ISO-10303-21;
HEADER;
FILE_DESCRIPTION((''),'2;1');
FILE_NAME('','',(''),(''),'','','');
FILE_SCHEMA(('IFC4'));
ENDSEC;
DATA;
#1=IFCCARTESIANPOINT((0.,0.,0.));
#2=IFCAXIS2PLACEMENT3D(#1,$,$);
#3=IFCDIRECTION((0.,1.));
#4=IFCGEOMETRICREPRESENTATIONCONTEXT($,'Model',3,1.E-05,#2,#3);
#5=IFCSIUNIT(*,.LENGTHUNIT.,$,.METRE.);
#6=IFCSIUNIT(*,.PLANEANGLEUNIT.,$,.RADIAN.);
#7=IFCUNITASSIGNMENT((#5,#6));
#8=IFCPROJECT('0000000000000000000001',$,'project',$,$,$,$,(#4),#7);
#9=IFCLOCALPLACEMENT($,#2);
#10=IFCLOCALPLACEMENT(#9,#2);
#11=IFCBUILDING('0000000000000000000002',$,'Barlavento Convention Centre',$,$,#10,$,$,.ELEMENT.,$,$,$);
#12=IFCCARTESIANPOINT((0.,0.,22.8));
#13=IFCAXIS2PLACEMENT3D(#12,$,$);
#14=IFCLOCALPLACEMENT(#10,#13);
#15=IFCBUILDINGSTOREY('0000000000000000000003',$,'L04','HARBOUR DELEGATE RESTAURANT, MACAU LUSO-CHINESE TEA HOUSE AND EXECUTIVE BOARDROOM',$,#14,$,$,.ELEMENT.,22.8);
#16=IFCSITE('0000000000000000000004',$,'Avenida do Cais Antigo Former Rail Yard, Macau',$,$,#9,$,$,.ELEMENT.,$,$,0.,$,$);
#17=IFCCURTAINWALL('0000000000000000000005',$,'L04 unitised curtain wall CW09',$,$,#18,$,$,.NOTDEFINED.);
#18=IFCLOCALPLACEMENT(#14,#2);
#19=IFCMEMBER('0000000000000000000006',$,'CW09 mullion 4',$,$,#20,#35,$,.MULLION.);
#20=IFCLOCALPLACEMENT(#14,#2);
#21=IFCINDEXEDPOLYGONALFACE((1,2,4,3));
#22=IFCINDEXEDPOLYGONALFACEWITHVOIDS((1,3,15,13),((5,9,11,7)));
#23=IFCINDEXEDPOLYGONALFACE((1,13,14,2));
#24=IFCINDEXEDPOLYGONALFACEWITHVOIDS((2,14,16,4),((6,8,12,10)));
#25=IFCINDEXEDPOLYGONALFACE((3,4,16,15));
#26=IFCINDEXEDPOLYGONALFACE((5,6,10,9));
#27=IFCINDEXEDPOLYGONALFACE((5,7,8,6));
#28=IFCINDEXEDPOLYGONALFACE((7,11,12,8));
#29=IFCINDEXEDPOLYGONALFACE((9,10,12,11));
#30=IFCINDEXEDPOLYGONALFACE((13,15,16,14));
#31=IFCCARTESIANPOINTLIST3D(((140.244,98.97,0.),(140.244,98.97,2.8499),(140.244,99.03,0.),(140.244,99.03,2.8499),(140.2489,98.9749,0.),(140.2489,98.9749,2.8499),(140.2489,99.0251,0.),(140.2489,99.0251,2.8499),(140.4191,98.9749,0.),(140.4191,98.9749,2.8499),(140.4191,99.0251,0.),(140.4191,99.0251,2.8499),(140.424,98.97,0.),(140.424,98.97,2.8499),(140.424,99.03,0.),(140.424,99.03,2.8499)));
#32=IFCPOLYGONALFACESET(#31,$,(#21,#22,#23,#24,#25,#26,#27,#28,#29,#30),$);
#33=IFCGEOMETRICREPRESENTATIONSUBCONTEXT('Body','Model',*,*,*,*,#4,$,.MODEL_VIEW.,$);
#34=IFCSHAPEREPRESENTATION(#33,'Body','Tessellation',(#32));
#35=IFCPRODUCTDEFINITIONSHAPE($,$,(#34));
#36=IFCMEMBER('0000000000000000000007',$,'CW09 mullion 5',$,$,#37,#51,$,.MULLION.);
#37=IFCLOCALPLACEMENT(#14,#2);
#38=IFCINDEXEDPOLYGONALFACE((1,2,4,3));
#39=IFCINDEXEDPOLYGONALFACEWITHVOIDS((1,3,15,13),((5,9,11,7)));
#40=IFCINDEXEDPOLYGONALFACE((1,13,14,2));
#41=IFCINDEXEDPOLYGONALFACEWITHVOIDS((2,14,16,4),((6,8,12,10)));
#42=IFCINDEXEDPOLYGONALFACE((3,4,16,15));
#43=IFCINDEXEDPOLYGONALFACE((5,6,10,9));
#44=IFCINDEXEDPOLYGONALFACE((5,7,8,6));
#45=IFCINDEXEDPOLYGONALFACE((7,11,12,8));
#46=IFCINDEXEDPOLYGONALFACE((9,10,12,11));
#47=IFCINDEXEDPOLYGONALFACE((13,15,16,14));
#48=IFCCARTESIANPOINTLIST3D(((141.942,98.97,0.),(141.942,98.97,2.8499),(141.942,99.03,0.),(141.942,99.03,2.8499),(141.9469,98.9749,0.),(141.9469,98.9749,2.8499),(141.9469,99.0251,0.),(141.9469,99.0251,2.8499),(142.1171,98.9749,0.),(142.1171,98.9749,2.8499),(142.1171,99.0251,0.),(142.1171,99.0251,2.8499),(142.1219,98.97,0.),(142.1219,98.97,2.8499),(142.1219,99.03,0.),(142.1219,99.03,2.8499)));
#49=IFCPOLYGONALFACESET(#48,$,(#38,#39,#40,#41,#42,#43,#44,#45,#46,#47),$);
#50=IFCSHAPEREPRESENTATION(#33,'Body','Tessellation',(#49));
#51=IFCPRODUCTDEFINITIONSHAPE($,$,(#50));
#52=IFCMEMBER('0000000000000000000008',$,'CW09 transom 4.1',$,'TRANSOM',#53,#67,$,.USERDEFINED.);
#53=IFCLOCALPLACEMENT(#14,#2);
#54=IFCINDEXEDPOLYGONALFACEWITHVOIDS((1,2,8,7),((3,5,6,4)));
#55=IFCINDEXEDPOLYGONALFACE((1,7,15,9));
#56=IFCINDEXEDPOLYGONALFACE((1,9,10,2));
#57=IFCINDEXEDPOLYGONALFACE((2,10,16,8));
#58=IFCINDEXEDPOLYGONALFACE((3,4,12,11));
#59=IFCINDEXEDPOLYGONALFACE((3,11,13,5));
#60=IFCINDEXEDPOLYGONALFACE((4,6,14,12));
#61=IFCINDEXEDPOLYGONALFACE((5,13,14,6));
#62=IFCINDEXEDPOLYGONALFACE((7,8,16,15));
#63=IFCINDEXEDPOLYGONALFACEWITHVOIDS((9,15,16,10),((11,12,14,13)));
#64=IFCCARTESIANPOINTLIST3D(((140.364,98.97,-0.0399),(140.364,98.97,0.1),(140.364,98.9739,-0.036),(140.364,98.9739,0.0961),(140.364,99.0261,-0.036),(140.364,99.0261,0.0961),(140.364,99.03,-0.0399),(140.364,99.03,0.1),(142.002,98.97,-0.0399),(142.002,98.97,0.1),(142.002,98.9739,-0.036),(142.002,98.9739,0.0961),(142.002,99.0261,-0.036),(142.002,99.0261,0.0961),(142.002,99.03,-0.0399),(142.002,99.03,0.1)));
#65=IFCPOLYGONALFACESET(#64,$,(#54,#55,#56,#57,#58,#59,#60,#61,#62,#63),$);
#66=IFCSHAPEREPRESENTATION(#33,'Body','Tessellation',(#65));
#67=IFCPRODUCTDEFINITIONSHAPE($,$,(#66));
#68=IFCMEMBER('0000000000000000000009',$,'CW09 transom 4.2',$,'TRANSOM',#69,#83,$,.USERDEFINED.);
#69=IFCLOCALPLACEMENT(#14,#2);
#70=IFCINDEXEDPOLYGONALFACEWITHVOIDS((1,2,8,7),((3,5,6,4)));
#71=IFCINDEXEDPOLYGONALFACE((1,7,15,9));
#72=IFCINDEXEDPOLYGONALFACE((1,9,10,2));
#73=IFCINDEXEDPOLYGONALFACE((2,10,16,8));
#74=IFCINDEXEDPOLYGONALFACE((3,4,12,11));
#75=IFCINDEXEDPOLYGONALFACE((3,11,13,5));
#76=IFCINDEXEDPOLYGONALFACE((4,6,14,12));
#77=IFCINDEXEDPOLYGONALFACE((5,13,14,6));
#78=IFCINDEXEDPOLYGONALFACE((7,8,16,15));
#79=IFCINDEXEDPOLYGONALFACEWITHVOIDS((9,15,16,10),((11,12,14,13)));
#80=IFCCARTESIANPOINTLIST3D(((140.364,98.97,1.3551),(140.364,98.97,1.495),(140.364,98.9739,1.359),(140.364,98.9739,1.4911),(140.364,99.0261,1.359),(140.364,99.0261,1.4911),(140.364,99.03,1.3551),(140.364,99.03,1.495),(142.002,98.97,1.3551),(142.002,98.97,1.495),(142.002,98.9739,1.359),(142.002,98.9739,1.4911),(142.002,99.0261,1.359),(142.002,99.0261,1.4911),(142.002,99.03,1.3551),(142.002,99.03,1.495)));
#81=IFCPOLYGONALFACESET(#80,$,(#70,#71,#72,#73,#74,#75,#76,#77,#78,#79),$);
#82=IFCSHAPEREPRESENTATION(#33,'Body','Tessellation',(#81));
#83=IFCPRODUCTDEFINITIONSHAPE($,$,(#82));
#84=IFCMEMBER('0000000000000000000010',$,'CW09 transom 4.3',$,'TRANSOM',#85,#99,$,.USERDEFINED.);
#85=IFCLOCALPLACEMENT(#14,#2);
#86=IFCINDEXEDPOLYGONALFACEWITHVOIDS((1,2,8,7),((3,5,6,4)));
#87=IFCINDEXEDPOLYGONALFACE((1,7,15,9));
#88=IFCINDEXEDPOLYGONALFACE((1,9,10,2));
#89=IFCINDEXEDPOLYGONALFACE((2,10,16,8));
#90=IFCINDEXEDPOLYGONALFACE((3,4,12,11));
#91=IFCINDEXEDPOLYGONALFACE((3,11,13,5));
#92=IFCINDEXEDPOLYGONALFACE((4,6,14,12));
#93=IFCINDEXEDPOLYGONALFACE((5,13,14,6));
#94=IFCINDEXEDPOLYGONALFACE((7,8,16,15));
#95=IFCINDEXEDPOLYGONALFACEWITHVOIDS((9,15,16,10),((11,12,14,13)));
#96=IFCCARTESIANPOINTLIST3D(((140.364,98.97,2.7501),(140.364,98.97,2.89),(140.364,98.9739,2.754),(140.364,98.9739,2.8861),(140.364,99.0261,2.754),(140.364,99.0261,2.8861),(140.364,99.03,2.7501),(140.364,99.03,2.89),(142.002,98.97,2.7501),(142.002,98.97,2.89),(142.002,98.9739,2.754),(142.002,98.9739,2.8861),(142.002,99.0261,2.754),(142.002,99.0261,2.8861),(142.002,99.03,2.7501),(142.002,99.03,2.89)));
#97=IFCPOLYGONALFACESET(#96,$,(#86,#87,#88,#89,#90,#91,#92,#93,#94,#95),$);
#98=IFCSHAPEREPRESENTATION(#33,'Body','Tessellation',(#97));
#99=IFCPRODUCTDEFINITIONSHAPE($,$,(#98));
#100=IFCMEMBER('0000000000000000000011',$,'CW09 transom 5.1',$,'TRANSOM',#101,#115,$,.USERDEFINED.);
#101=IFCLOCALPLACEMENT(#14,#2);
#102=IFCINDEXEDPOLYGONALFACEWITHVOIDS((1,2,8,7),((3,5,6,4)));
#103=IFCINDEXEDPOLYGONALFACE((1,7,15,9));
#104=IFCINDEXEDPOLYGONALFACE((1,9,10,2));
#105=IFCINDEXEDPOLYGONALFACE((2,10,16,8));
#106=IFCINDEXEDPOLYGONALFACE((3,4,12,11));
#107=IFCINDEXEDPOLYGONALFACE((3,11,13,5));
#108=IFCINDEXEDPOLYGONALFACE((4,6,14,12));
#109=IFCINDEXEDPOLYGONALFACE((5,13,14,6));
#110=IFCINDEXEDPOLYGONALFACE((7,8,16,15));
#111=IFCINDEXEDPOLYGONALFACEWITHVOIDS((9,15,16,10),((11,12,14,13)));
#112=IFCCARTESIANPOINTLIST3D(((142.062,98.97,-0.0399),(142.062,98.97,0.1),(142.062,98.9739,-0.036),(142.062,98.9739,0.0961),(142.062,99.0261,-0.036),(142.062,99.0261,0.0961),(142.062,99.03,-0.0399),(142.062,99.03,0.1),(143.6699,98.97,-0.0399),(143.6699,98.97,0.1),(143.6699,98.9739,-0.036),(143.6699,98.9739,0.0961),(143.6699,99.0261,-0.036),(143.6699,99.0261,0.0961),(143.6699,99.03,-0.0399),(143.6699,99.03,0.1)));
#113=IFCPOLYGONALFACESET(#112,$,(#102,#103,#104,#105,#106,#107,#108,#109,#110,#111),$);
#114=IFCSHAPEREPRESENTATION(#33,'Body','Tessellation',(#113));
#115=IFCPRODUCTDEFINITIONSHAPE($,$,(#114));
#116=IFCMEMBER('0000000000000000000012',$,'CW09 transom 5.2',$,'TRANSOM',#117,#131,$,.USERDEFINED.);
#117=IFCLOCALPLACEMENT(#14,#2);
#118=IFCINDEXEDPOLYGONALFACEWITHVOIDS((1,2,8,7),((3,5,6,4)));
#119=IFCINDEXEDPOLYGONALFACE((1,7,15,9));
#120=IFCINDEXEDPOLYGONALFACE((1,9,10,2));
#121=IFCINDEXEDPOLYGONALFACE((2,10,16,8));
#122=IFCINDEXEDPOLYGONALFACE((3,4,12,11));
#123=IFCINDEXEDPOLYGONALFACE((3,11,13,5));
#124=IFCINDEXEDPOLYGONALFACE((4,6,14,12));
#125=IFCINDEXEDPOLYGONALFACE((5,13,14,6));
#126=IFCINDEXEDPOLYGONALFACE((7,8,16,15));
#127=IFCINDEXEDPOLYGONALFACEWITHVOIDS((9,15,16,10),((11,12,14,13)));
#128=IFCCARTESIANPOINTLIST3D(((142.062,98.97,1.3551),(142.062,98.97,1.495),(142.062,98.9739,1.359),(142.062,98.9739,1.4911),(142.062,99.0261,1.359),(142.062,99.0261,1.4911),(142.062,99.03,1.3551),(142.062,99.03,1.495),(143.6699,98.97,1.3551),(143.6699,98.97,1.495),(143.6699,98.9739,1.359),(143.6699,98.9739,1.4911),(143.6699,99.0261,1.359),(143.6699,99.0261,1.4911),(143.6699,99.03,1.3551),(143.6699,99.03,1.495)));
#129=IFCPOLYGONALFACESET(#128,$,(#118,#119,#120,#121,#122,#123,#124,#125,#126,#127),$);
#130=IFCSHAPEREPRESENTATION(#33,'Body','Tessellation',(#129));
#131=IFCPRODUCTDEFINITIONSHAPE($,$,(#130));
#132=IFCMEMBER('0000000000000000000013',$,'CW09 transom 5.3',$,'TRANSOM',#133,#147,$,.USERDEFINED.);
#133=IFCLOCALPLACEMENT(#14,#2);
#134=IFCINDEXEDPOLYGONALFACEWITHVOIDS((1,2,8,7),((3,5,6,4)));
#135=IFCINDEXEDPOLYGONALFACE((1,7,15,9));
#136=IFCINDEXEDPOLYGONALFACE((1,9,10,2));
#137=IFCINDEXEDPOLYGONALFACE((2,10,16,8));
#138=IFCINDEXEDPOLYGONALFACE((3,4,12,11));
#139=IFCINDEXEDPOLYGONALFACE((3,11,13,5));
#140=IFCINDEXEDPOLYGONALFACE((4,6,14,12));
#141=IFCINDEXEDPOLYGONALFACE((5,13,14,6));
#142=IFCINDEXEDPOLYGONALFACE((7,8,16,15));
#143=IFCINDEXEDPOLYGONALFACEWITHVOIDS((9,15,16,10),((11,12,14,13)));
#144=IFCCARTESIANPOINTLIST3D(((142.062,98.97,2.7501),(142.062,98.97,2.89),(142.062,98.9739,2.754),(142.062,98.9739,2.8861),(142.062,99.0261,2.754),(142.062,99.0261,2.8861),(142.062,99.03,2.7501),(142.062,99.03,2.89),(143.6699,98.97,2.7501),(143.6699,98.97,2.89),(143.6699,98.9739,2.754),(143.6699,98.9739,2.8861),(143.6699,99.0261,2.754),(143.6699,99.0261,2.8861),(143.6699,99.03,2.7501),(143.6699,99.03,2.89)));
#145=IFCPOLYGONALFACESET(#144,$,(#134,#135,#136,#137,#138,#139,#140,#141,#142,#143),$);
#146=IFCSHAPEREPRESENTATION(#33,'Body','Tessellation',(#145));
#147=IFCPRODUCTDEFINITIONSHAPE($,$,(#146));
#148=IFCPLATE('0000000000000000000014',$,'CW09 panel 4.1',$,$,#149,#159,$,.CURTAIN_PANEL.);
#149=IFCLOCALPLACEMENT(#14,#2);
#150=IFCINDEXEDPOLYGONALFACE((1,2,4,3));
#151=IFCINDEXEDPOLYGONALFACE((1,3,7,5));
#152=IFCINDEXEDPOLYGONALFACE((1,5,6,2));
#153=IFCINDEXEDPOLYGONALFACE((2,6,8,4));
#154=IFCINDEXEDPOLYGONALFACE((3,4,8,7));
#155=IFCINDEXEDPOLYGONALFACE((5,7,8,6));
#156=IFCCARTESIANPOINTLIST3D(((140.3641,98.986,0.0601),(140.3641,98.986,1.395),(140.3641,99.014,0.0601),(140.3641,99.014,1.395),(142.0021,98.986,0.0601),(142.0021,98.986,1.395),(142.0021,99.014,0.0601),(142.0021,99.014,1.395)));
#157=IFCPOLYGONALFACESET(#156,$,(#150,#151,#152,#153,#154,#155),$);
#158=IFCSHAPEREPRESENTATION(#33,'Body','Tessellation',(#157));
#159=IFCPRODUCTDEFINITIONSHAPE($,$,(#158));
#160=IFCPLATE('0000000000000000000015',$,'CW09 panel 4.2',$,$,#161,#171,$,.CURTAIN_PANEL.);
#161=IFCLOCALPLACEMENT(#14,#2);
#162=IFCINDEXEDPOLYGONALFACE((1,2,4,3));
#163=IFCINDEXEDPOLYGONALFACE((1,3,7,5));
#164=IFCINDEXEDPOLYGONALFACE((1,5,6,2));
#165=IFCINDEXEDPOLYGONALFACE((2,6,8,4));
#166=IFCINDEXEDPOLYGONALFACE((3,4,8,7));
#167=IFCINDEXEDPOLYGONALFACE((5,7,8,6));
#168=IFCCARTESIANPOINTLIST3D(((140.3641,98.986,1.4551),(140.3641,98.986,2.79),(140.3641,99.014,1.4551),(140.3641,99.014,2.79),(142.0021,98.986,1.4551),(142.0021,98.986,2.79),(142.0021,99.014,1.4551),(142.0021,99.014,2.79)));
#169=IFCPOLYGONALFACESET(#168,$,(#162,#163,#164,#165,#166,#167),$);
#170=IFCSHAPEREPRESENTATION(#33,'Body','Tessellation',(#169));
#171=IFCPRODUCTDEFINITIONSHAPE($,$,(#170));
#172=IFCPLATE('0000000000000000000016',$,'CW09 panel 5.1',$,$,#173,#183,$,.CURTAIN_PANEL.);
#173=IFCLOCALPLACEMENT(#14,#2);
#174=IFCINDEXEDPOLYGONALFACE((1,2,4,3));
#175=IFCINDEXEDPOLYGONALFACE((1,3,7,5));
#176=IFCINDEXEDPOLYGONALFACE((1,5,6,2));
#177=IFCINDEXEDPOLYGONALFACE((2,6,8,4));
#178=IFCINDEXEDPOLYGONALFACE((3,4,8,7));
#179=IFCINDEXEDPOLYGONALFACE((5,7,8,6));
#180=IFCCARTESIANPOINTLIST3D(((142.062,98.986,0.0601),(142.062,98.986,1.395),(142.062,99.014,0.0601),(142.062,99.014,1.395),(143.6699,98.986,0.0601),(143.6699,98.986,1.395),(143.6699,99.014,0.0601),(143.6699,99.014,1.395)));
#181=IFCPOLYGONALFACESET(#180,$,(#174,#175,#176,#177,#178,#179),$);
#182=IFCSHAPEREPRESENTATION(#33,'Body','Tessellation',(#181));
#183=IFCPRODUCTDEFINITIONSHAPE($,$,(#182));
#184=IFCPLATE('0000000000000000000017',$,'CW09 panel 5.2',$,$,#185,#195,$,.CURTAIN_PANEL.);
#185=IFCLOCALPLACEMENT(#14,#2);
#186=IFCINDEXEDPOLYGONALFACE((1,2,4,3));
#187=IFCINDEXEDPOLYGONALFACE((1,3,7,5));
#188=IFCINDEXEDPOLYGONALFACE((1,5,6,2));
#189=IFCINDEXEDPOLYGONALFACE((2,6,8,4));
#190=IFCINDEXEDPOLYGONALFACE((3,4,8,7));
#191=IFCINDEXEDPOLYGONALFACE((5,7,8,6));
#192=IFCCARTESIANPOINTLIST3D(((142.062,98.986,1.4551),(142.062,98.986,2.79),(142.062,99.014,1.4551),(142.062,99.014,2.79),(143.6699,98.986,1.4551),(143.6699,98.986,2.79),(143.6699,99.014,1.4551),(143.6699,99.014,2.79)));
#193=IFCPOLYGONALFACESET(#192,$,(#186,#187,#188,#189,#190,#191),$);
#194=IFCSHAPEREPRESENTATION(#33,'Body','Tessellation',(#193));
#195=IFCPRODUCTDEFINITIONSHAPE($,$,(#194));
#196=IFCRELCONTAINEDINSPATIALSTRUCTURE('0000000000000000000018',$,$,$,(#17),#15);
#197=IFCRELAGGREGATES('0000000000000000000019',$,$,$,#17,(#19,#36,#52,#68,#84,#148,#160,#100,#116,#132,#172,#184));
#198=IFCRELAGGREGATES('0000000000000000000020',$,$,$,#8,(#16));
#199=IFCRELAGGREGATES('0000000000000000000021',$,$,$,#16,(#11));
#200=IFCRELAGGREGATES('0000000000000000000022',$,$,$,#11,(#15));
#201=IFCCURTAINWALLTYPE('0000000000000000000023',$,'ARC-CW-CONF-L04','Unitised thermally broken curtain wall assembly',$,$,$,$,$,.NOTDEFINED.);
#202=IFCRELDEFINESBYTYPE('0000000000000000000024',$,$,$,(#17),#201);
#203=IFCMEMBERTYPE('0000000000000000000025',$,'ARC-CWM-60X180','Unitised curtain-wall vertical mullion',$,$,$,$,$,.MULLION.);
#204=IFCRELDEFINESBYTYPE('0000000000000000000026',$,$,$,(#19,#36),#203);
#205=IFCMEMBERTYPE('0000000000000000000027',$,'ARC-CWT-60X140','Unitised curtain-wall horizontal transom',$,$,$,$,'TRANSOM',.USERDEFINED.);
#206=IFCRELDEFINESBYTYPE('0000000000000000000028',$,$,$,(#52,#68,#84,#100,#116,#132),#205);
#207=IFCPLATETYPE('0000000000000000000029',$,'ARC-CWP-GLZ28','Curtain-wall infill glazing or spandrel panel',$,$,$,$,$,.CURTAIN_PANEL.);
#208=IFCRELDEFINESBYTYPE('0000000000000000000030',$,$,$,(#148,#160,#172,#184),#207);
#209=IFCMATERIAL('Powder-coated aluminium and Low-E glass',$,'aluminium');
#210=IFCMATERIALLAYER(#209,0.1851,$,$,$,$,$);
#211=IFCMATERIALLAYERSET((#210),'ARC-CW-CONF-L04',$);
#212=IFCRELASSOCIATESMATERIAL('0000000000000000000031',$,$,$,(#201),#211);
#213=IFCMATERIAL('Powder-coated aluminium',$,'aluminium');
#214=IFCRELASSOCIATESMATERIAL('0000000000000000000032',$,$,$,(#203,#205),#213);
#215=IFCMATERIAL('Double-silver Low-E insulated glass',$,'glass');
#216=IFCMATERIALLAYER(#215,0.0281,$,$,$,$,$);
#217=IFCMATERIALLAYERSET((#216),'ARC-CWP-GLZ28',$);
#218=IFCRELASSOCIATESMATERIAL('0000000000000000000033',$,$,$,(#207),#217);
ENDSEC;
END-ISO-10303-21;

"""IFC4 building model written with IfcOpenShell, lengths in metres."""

from ifc_helpers import new_model, si_unit, direction, frame, origin, origin_2d, place, context, subcontext, project, spatial, rectangle, hollow_rectangle, extrude, material, layer, layer_set, material_profile, profile_set, type_object, element, aggregate, save


model = new_model("IFC4")

# Units and contexts
model_context = context("Model", 3, precision=1e-05, world=origin(), true_north=direction((0.0, 1.0)))
body_context = subcontext(model_context, "Body", "Model", "MODEL_VIEW")
ifc_project = project(units=[si_unit("LENGTHUNIT", "METRE"), si_unit("PLANEANGLEUNIT", "RADIAN")], contexts=[model_context])

# Site, building, storey
site_placement = place(None, origin())
site = spatial("IfcSite", under=ifc_project, at=site_placement, Name="Avenida do Cais Antigo Former Rail Yard, Macau", CompositionType="ELEMENT", RefElevation=0.0)
building_placement = place(site_placement, origin())
building = spatial("IfcBuilding", under=site, at=building_placement, Name="Barlavento Convention Centre", CompositionType="ELEMENT")
storey_placement = place(building_placement, frame((0.0, 0.0, 22.8)))
storey = spatial("IfcBuildingStorey", under=building, at=storey_placement, Name="L04", Description="HARBOUR DELEGATE RESTAURANT, MACAU LUSO-CHINESE TEA HOUSE AND EXECUTIVE BOARDROOM", CompositionType="ELEMENT", Elevation=22.8)

# Curtain wall, members, plates
ifc_material_1 = material(Name="Powder-coated aluminium and Low-E glass", Category="aluminium")
ifc_layer_1 = layer(ifc_material_1, 0.1851)
ifc_layer_set_1 = layer_set([ifc_layer_1], Name="ARC-CW-CONF-L04")
curtain_wall_type = type_object("IfcCurtainWallType", Name="ARC-CW-CONF-L04", Description="Unitised thermally broken curtain wall assembly", PredefinedType="NOTDEFINED", material=ifc_layer_set_1)
curtain_wall_placement = place(storey_placement, origin())
curtain_wall = element("IfcCurtainWall", 1, at=curtain_wall_placement, inside=storey, type_object=curtain_wall_type, Name="L04 unitised curtain wall CW09", PredefinedType="NOTDEFINED")
ifc_material_2 = material(Name="Powder-coated aluminium", Category="aluminium")
ifc_material_profile_1 = material_profile(ifc_material_2, hollow_rectangle(XDim=0.0601, YDim=0.1799, WallThickness=0.0049, at=origin_2d()), Name="AL-MULL 60x180x5")
ifc_profile_set_1 = profile_set([ifc_material_profile_1], Name="Powder-coated aluminium")
member_type_1 = type_object("IfcMemberType", Name="ARC-CWM-60X180", Description="Unitised curtain-wall vertical mullion", PredefinedType="MULLION", material=ifc_profile_set_1)
member_1_placement = place(storey_placement, frame((140.334, 99.0, 0.0), z_axis=(0.0, 0.0, 1.0), x_axis=(0.0, 1.0, 0.0)))
member_1 = element("IfcMember", 2, at=member_1_placement, type_object=member_type_1, Name="CW09 mullion 4", PredefinedType="MULLION", context=body_context, shape_type="SweptSolid", body=[
    extrude(hollow_rectangle(XDim=0.0601, YDim=0.1799, WallThickness=0.0049, at=origin_2d()), origin(), (0.0, 0.0, 1.0), 2.8499),
])
member_2_placement = place(storey_placement, frame((142.032, 99.0, 0.0), z_axis=(0.0, 0.0, 1.0), x_axis=(0.0, 1.0, 0.0)))
member_2 = element("IfcMember", 3, at=member_2_placement, type_object=member_type_1, Name="CW09 mullion 5", PredefinedType="MULLION", context=body_context, shape_type="SweptSolid", body=[
    extrude(hollow_rectangle(XDim=0.0601, YDim=0.1799, WallThickness=0.0049, at=origin_2d()), origin(), (0.0, 0.0, 1.0), 2.8499),
])
ifc_material_profile_2 = material_profile(ifc_material_2, hollow_rectangle(XDim=0.0601, YDim=0.1399, WallThickness=0.0039, at=origin_2d()), Name="AL-TRAN 60x140x4")
ifc_profile_set_2 = profile_set([ifc_material_profile_2], Name="Powder-coated aluminium")
member_type_2 = type_object("IfcMemberType", Name="ARC-CWT-60X140", Description="Unitised curtain-wall horizontal transom", ElementType="TRANSOM", PredefinedType="USERDEFINED", material=ifc_profile_set_2)
member_3_placement = place(storey_placement, frame((140.364, 99.0, 0.03), z_axis=(1.0, 0.0, 0.0), x_axis=(0.0, 1.0, 0.0)))
member_3 = element("IfcMember", 4, at=member_3_placement, type_object=member_type_2, Name="CW09 transom 4.1", ObjectType="TRANSOM", PredefinedType="USERDEFINED", context=body_context, shape_type="SweptSolid", body=[
    extrude(hollow_rectangle(XDim=0.0601, YDim=0.1399, WallThickness=0.0039, at=origin_2d()), origin(), (0.0, 0.0, 1.0), 1.6379),
])
member_4_placement = place(storey_placement, frame((140.364, 99.0, 1.425), z_axis=(1.0, 0.0, 0.0), x_axis=(0.0, 1.0, 0.0)))
member_4 = element("IfcMember", 5, at=member_4_placement, type_object=member_type_2, Name="CW09 transom 4.2", ObjectType="TRANSOM", PredefinedType="USERDEFINED", context=body_context, shape_type="SweptSolid", body=[
    extrude(hollow_rectangle(XDim=0.0601, YDim=0.1399, WallThickness=0.0039, at=origin_2d()), origin(), (0.0, 0.0, 1.0), 1.6379),
])
member_5_placement = place(storey_placement, frame((140.364, 99.0, 2.8201), z_axis=(1.0, 0.0, 0.0), x_axis=(0.0, 1.0, 0.0)))
member_5 = element("IfcMember", 6, at=member_5_placement, type_object=member_type_2, Name="CW09 transom 4.3", ObjectType="TRANSOM", PredefinedType="USERDEFINED", context=body_context, shape_type="SweptSolid", body=[
    extrude(hollow_rectangle(XDim=0.0601, YDim=0.1399, WallThickness=0.0039, at=origin_2d()), origin(), (0.0, 0.0, 1.0), 1.6379),
])
member_6_placement = place(storey_placement, frame((142.062, 99.0, 0.03), z_axis=(1.0, 0.0, 0.0), x_axis=(0.0, 1.0, 0.0)))
member_6 = element("IfcMember", 7, at=member_6_placement, type_object=member_type_2, Name="CW09 transom 5.1", ObjectType="TRANSOM", PredefinedType="USERDEFINED", context=body_context, shape_type="SweptSolid", body=[
    extrude(hollow_rectangle(XDim=0.0601, YDim=0.1399, WallThickness=0.0039, at=origin_2d()), origin(), (0.0, 0.0, 1.0), 1.6079),
])
member_7_placement = place(storey_placement, frame((142.062, 99.0, 1.425), z_axis=(1.0, 0.0, 0.0), x_axis=(0.0, 1.0, 0.0)))
member_7 = element("IfcMember", 8, at=member_7_placement, type_object=member_type_2, Name="CW09 transom 5.2", ObjectType="TRANSOM", PredefinedType="USERDEFINED", context=body_context, shape_type="SweptSolid", body=[
    extrude(hollow_rectangle(XDim=0.0601, YDim=0.1399, WallThickness=0.0039, at=origin_2d()), origin(), (0.0, 0.0, 1.0), 1.6079),
])
member_8_placement = place(storey_placement, frame((142.062, 99.0, 2.8201), z_axis=(1.0, 0.0, 0.0), x_axis=(0.0, 1.0, 0.0)))
member_8 = element("IfcMember", 9, at=member_8_placement, type_object=member_type_2, Name="CW09 transom 5.3", ObjectType="TRANSOM", PredefinedType="USERDEFINED", context=body_context, shape_type="SweptSolid", body=[
    extrude(hollow_rectangle(XDim=0.0601, YDim=0.1399, WallThickness=0.0039, at=origin_2d()), origin(), (0.0, 0.0, 1.0), 1.6079),
])
ifc_material_3 = material(Name="Double-silver Low-E insulated glass", Category="glass")
ifc_layer_2 = layer(ifc_material_3, 0.0281)
ifc_layer_set_2 = layer_set([ifc_layer_2], Name="ARC-CWP-GLZ28")
plate_type = type_object("IfcPlateType", Name="ARC-CWP-GLZ28", Description="Curtain-wall infill glazing or spandrel panel", PredefinedType="CURTAIN_PANEL", material=ifc_layer_set_2)
plate_1_placement = place(storey_placement, frame((141.1831, 99.0, 0.0601), z_axis=(0.0, 0.0, 1.0), x_axis=(1.0, 0.0, 0.0)))
plate_1 = element("IfcPlate", 10, at=plate_1_placement, type_object=plate_type, Name="CW09 panel 4.1", PredefinedType="CURTAIN_PANEL", context=body_context, shape_type="SweptSolid", body=[
    extrude(rectangle(XDim=1.6379, YDim=0.0281, at=origin_2d()), origin(), (0.0, 0.0, 1.0), 1.335),
])
plate_2_placement = place(storey_placement, frame((141.1831, 99.0, 1.4551), z_axis=(0.0, 0.0, 1.0), x_axis=(1.0, 0.0, 0.0)))
plate_2 = element("IfcPlate", 11, at=plate_2_placement, type_object=plate_type, Name="CW09 panel 4.2", PredefinedType="CURTAIN_PANEL", context=body_context, shape_type="SweptSolid", body=[
    extrude(rectangle(XDim=1.6379, YDim=0.0281, at=origin_2d()), origin(), (0.0, 0.0, 1.0), 1.335),
])
plate_3_placement = place(storey_placement, frame((142.866, 99.0, 0.0601), z_axis=(0.0, 0.0, 1.0), x_axis=(1.0, 0.0, 0.0)))
plate_3 = element("IfcPlate", 12, at=plate_3_placement, type_object=plate_type, Name="CW09 panel 5.1", PredefinedType="CURTAIN_PANEL", context=body_context, shape_type="SweptSolid", body=[
    extrude(rectangle(XDim=1.6079, YDim=0.0281, at=origin_2d()), origin(), (0.0, 0.0, 1.0), 1.335),
])
plate_4_placement = place(storey_placement, frame((142.866, 99.0, 1.4551), z_axis=(0.0, 0.0, 1.0), x_axis=(1.0, 0.0, 0.0)))
plate_4 = element("IfcPlate", 13, at=plate_4_placement, type_object=plate_type, Name="CW09 panel 5.2", PredefinedType="CURTAIN_PANEL", context=body_context, shape_type="SweptSolid", body=[
    extrude(rectangle(XDim=1.6079, YDim=0.0281, at=origin_2d()), origin(), (0.0, 0.0, 1.0), 1.335),
])
aggregate(curtain_wall, [member_1, member_2, member_3, member_4, member_5, plate_1, plate_2, member_6, member_7, member_8, plate_3, plate_4])

save(model, "model.ifc")
